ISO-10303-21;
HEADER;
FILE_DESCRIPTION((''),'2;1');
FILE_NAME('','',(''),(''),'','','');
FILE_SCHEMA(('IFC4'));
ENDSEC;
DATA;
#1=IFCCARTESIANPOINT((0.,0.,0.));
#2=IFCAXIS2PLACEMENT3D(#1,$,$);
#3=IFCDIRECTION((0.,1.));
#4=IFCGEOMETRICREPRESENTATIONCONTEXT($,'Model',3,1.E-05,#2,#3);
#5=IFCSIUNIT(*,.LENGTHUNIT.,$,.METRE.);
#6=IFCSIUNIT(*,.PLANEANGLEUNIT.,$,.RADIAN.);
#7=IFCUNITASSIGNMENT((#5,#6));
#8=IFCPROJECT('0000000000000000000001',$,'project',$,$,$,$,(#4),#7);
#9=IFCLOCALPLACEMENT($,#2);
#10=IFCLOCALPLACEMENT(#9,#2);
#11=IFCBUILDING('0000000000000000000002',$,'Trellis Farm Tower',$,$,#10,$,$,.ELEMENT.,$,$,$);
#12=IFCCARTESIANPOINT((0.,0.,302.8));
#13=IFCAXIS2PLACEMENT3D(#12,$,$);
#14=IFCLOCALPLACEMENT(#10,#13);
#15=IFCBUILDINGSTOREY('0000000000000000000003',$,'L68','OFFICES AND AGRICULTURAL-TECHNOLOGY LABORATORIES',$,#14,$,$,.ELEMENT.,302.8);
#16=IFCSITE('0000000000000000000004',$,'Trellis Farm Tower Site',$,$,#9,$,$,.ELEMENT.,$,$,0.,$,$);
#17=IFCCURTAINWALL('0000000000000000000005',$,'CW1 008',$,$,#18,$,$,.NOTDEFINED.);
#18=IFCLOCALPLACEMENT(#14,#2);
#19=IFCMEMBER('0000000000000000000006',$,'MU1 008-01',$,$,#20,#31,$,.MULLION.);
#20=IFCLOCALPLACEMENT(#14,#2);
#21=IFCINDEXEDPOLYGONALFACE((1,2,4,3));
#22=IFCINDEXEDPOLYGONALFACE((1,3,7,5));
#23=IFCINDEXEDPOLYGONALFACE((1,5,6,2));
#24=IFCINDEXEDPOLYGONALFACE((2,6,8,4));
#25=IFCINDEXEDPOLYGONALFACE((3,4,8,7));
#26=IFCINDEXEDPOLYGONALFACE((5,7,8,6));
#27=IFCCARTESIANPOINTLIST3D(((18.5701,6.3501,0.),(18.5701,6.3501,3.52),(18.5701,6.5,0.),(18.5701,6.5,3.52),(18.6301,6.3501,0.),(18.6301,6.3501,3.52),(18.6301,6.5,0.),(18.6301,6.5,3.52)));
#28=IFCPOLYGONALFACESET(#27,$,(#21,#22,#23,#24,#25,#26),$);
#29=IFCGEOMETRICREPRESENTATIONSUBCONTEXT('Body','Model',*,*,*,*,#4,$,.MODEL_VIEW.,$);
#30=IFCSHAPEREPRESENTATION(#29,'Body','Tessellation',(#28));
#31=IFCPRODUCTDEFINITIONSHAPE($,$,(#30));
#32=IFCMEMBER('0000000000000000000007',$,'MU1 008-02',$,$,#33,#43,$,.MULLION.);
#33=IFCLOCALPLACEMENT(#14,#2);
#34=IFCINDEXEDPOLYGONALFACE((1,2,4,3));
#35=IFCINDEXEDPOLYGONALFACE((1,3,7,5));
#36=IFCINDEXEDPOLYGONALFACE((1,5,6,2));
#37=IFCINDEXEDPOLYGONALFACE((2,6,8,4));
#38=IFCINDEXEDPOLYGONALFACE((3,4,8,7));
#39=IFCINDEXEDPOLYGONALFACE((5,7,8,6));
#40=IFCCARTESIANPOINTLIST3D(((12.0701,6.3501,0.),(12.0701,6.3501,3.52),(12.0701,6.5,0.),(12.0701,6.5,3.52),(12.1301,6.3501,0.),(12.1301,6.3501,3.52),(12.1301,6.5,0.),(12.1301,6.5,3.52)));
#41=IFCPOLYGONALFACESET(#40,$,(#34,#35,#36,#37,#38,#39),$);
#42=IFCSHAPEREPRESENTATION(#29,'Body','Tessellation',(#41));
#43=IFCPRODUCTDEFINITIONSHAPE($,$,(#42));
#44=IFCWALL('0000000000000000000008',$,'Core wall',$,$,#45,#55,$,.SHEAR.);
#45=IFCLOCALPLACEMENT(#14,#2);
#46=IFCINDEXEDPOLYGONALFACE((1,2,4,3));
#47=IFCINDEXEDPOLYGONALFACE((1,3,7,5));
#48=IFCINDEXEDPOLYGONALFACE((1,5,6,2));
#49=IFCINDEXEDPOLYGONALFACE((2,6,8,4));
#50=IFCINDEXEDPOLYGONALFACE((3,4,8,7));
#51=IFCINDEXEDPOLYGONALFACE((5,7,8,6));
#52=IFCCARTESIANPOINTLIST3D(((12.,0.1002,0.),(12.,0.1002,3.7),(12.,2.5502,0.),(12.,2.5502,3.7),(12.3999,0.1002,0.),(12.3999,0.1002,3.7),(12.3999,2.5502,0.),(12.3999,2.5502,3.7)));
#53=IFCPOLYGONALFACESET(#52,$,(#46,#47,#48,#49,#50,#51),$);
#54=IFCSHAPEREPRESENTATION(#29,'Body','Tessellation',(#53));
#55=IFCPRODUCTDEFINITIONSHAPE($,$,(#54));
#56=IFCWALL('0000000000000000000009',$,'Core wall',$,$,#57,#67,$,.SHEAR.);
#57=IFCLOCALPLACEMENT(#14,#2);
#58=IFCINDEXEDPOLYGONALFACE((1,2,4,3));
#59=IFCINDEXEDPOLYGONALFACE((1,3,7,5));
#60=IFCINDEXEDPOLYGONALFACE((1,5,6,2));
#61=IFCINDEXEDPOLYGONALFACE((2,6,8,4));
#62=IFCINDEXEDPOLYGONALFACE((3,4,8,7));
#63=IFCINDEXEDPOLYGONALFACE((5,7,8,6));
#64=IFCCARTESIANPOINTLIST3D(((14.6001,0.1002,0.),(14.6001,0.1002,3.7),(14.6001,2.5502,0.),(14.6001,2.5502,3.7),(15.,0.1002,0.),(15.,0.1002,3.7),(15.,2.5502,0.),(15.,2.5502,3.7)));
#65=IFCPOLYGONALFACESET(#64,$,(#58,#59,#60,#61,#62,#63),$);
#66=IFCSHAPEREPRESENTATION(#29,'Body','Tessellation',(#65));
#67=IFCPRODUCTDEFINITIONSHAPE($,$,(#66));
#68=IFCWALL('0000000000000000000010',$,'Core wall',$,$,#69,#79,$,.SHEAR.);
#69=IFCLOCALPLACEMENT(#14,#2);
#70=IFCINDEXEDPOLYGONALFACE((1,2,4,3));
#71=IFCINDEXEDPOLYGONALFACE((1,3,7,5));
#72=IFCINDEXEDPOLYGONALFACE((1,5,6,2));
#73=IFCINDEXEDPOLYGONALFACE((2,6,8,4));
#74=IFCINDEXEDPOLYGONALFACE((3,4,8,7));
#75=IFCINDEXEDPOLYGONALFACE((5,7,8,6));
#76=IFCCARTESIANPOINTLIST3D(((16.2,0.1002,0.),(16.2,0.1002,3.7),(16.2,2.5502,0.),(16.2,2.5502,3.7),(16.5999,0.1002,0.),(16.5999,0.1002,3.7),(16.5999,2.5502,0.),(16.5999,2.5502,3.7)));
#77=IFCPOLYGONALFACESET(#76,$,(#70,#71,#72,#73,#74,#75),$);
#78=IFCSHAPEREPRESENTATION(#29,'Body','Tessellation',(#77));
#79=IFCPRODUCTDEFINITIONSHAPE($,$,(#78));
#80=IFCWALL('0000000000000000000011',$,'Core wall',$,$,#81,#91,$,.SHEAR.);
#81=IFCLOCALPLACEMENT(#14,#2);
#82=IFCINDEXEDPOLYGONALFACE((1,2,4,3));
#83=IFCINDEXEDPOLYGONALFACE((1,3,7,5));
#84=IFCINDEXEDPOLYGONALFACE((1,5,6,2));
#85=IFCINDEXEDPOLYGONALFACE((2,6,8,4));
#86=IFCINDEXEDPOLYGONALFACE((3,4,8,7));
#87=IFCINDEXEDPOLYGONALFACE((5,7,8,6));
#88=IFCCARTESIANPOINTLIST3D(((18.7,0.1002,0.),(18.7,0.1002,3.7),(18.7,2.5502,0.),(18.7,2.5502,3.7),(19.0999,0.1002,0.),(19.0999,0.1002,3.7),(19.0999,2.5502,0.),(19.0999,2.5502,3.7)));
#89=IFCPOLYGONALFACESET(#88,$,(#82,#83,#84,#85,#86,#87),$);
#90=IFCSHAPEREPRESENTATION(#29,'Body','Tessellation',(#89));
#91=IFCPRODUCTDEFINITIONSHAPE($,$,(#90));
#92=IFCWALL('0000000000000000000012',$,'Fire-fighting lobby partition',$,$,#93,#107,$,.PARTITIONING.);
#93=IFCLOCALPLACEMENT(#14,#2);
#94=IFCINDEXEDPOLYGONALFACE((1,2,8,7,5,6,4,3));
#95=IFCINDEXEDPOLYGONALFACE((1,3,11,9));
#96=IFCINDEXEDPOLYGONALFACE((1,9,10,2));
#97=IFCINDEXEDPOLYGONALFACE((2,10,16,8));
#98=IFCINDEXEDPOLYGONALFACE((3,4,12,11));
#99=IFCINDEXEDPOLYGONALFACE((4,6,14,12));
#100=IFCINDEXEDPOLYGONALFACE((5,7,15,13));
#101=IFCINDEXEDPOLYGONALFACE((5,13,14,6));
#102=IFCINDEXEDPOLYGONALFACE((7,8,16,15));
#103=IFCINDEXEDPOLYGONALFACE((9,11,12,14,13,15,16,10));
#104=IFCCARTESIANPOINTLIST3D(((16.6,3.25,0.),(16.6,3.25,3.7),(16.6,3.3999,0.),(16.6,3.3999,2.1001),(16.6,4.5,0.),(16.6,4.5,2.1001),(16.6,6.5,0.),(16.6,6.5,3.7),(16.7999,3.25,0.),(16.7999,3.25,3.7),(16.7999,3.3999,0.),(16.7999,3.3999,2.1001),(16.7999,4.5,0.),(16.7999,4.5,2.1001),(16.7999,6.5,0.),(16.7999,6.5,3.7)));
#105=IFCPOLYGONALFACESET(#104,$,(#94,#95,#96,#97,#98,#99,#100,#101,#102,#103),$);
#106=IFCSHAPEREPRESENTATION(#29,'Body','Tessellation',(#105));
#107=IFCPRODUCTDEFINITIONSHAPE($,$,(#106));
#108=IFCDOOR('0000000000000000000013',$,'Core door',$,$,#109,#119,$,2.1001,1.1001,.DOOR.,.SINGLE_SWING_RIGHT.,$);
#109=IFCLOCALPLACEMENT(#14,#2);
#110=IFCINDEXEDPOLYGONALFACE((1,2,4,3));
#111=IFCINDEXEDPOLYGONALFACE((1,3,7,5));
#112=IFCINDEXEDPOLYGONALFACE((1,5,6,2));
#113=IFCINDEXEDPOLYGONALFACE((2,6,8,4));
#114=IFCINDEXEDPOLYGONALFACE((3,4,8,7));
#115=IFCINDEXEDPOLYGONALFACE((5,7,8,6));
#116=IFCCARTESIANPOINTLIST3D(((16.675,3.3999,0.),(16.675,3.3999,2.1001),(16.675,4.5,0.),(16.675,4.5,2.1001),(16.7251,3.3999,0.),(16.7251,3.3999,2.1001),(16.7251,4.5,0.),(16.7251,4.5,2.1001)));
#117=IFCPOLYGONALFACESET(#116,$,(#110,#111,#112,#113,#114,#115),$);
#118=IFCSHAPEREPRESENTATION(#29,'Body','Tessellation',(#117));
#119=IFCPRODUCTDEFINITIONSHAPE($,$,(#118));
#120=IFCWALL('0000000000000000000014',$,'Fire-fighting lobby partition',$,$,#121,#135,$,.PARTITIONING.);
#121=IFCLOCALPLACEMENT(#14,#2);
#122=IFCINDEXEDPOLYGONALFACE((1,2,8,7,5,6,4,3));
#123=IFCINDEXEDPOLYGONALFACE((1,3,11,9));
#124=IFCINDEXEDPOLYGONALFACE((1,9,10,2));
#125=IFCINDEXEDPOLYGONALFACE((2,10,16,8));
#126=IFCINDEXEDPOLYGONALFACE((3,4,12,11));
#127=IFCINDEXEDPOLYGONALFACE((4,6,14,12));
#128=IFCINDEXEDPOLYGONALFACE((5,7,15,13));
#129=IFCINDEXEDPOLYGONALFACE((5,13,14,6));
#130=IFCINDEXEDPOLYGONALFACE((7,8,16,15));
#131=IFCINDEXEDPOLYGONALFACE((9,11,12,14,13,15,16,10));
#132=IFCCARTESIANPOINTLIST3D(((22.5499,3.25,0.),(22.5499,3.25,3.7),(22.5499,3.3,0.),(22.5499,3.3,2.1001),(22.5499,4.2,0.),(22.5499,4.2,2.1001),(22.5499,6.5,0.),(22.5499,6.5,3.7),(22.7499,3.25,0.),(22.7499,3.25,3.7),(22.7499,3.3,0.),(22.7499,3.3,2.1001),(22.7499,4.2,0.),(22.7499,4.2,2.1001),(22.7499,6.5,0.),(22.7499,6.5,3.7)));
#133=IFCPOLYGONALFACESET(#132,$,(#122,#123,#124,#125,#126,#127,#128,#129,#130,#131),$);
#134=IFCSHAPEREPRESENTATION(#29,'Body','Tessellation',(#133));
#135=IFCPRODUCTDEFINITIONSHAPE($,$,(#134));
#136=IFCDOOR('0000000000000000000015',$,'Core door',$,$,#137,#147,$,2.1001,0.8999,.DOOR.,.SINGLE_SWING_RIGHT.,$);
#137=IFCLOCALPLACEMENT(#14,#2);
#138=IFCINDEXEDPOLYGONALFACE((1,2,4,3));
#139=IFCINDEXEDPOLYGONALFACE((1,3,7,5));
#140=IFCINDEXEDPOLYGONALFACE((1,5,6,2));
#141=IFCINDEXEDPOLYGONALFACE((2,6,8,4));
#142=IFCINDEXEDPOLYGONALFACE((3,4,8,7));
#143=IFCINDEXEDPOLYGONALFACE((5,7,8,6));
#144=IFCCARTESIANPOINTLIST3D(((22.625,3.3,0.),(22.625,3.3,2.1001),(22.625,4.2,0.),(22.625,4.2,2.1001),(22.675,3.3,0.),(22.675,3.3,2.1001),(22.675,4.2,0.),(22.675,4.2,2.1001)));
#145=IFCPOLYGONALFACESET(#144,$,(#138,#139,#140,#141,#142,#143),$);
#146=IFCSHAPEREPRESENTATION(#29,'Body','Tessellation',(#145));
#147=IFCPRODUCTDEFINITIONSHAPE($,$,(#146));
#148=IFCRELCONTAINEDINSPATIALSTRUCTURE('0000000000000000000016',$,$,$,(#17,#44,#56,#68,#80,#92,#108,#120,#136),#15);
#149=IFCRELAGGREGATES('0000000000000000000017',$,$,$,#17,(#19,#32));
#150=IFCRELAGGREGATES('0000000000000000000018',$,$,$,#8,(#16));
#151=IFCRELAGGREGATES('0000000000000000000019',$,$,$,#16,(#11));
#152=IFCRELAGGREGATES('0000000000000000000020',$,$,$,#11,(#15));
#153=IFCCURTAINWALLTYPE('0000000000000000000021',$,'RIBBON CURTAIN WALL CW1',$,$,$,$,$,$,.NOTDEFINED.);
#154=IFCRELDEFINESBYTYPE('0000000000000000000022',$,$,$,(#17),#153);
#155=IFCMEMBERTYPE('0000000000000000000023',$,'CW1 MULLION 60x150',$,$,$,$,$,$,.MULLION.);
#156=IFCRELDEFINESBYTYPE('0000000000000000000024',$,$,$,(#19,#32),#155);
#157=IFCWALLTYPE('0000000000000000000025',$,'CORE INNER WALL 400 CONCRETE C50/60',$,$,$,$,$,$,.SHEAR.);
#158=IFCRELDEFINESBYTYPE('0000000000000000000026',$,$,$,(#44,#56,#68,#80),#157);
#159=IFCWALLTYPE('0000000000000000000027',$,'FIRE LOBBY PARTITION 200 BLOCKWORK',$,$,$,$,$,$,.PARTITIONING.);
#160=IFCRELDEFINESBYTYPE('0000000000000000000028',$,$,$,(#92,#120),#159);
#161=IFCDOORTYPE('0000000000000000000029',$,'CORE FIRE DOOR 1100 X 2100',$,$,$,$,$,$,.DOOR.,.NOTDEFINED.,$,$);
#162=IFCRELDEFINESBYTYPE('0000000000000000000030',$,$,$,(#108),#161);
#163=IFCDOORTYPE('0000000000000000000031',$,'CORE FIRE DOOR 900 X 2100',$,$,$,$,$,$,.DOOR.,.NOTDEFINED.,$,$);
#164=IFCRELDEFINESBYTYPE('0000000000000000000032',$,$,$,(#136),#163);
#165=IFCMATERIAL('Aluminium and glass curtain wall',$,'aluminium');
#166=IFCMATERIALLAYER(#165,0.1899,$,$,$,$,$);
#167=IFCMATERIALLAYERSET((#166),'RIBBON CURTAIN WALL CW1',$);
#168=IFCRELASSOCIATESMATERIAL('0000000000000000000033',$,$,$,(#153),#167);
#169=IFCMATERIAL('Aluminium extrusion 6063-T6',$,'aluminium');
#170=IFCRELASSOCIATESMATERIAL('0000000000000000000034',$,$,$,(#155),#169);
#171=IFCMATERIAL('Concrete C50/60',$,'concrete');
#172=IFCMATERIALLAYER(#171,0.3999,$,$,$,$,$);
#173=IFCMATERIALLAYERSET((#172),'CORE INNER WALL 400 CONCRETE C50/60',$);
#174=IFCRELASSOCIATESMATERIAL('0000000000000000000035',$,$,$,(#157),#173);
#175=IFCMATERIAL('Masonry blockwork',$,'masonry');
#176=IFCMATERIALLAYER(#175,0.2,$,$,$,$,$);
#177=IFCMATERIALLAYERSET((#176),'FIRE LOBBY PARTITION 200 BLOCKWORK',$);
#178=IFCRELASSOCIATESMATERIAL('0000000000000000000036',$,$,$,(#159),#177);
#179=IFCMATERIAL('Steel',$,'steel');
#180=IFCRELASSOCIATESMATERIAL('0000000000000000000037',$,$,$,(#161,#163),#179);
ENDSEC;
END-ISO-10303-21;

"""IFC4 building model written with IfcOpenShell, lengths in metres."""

from ifc_helpers import new_model, si_unit, direction, frame, frame_2d, origin, origin_2d, place, context, subcontext, project, spatial, rectangle, extrude, source, transform, mapped, material, layer, layer_set, material_profile, profile_set, type_object, element, fill, aggregate, save


model = new_model("IFC4")

# Units and contexts
model_context = context("Model", 3, precision=1e-05, world=origin(), true_north=direction((0.0, 1.0)))
body_context = subcontext(model_context, "Body", "Model", "MODEL_VIEW")
ifc_project = project(units=[si_unit("LENGTHUNIT", "METRE"), si_unit("PLANEANGLEUNIT", "RADIAN")], contexts=[model_context])

# Site, building, storey
site_placement = place(None, origin())
site = spatial("IfcSite", under=ifc_project, at=site_placement, Name="Trellis Farm Tower Site", CompositionType="ELEMENT", RefElevation=0.0)
building_placement = place(site_placement, origin())
building = spatial("IfcBuilding", under=site, at=building_placement, Name="Trellis Farm Tower", CompositionType="ELEMENT")
storey_placement = place(building_placement, frame((0.0, 0.0, 302.8)))
storey = spatial("IfcBuildingStorey", under=building, at=storey_placement, Name="L68", Description="OFFICES AND AGRICULTURAL-TECHNOLOGY LABORATORIES", CompositionType="ELEMENT", Elevation=302.8)

# Curtain wall, members
ifc_material_1 = material(Name="Aluminium and glass curtain wall", Category="aluminium")
ifc_layer_1 = layer(ifc_material_1, 0.1899)
ifc_layer_set_1 = layer_set([ifc_layer_1], Name="RIBBON CURTAIN WALL CW1")
curtain_wall_type = type_object("IfcCurtainWallType", Name="RIBBON CURTAIN WALL CW1", PredefinedType="NOTDEFINED", material=ifc_layer_set_1)
placement = place(storey_placement, origin())
ifc_material_2 = material(Name="Aluminium extrusion 6063-T6", Category="aluminium")
ifc_material_profile_1 = material_profile(ifc_material_2, rectangle(XDim=0.0601, YDim=0.1499, at=origin_2d()), Name="MULLION 60x150")
ifc_profile_set_1 = profile_set([ifc_material_profile_1], Name="Aluminium extrusion 6063-T6")
member_type = type_object("IfcMemberType", Name="CW1 MULLION 60x150", PredefinedType="MULLION", material=ifc_profile_set_1)
shared_shape_1 = source(origin(), body_context, "Body", "SweptSolid", [
    extrude(rectangle(XDim=0.0601, YDim=0.1499, at=origin_2d()), origin(), (0.0, 0.0, 1.0), 3.52),
])
curtain_wall_1 = element("IfcCurtainWall", 1, at=placement, inside=storey, type_object=curtain_wall_type, Name="CW1 008", PredefinedType="NOTDEFINED")
member_1_placement = place(storey_placement, frame((18.6001, 6.425, 0.0), z_axis=(0.0, 0.0, 1.0), x_axis=(-1.0, 0.0, 0.0)))
member_1 = element("IfcMember", 2, at=member_1_placement, type_object=member_type, Name="MU1 008-01", PredefinedType="MULLION", context=body_context, shape_type="MappedRepresentation", body=[
    mapped(shared_shape_1, transform((0.0, 0.0, 0.0))),
])
member_2_placement = place(storey_placement, frame((12.1001, 6.425, 0.0), z_axis=(0.0, 0.0, 1.0), x_axis=(-1.0, 0.0, 0.0)))
member_2 = element("IfcMember", 3, at=member_2_placement, type_object=member_type, Name="MU1 008-02", PredefinedType="MULLION", context=body_context, shape_type="MappedRepresentation", body=[
    mapped(shared_shape_1, transform((0.0, 0.0, 0.0))),
])
aggregate(curtain_wall_1, [member_1, member_2])

# Walls
ifc_material_3 = material(Name="Concrete C50/60", Category="concrete")
ifc_layer_2 = layer(ifc_material_3, 0.3999)
ifc_layer_set_2 = layer_set([ifc_layer_2], Name="CORE INNER WALL 400 CONCRETE C50/60")
wall_type_1 = type_object("IfcWallType", Name="CORE INNER WALL 400 CONCRETE C50/60", PredefinedType="SHEAR", material=ifc_layer_set_2)
shared_shape_2 = source(origin(), body_context, "Body", "SweptSolid", [
    extrude(rectangle(XDim=2.45, YDim=0.3999, at=frame_2d((1.2251, 0.0))), origin(), (0.0, 0.0, 1.0), 3.7),
])
for number, where, z_axis, x_axis, name in (
    (4, (12.2, 0.1001, 0.0), (0.0, 0.0, 1.0), (0.0, 1.0, 0.0), "Core wall"),
    (5, (14.8, 0.1001, 0.0), (0.0, 0.0, 1.0), (0.0, 1.0, 0.0), "Core wall"),
    (6, (16.3999, 0.1001, 0.0), (0.0, 0.0, 1.0), (0.0, 1.0, 0.0), "Core wall"),
    (7, (18.8999, 0.1001, 0.0), (0.0, 0.0, 1.0), (0.0, 1.0, 0.0), "Core wall"),
):
    element("IfcWall", number, at=place(storey_placement, frame(where, z_axis=z_axis, x_axis=x_axis)), inside=storey, type_object=wall_type_1, Name=name, PredefinedType="SHEAR", context=body_context, shape_type="MappedRepresentation", body=[
        mapped(shared_shape_2, transform((0.0, 0.0, 0.0))),
    ])

# Walls, openings, doors
ifc_material_4 = material(Name="Masonry blockwork", Category="masonry")
ifc_layer_3 = layer(ifc_material_4, 0.2)
ifc_layer_set_3 = layer_set([ifc_layer_3], Name="FIRE LOBBY PARTITION 200 BLOCKWORK")
wall_type_2 = type_object("IfcWallType", Name="FIRE LOBBY PARTITION 200 BLOCKWORK", PredefinedType="PARTITIONING", material=ifc_layer_set_3)
shared_shape_3 = source(origin(), body_context, "Body", "SweptSolid", [
    extrude(rectangle(XDim=3.25, YDim=0.2, at=frame_2d((1.625, 0.0))), origin(), (0.0, 0.0, 1.0), 3.7),
])
wall_1_placement = place(storey_placement, frame((16.7, 3.25, 0.0), z_axis=(0.0, 0.0, 1.0), x_axis=(0.0, 1.0, 0.0)))
wall_1 = element("IfcWall", 8, at=wall_1_placement, inside=storey, type_object=wall_type_2, Name="Fire-fighting lobby partition", PredefinedType="PARTITIONING", context=body_context, shape_type="MappedRepresentation", body=[
    mapped(shared_shape_3, transform((0.0, 0.0, 0.0))),
])
shared_shape_4 = source(origin(), body_context, "Body", "SweptSolid", [
    extrude(rectangle(XDim=1.1001, YDim=2.1001, at=frame_2d((0.55, 1.05))), frame((0.0, 0.1101, 0.0), z_axis=(0.0, -1.0, 0.0), x_axis=(1.0, 0.0, 0.0)), (0.0, 0.0, 1.0), 0.2202),
])
opening_1_placement = place(wall_1_placement, frame((0.1499, 0.0, 0.0)))
opening_1 = element("IfcOpeningElement", 9, at=opening_1_placement, cuts=wall_1, PredefinedType="OPENING", context=body_context, shape_type="MappedRepresentation", body=[
    mapped(shared_shape_4, transform((0.0, 0.0, 0.0))),
])
ifc_material_5 = material(Name="Steel", Category="steel")
door_type_1 = type_object("IfcDoorType", Name="CORE FIRE DOOR 1100 X 2100", OperationType="NOTDEFINED", PredefinedType="DOOR", material=ifc_material_5)
shared_shape_5 = source(origin(), body_context, "Body", "SweptSolid", [
    extrude(rectangle(XDim=1.1001, YDim=2.1001, at=frame_2d((0.55, 1.05))), frame((0.0, 0.0249, 0.0), z_axis=(0.0, -1.0, 0.0), x_axis=(1.0, 0.0, 0.0)), (0.0, 0.0, 1.0), 0.05),
])
door_1_placement = place(opening_1_placement, origin())
door_1 = element("IfcDoor", 10, at=door_1_placement, inside=storey, type_object=door_type_1, Name="Core door", OperationType="SINGLE_SWING_RIGHT", OverallHeight=2.1001, OverallWidth=1.1001, PredefinedType="DOOR", context=body_context, shape_type="MappedRepresentation", body=[
    mapped(shared_shape_5, transform((0.0, 0.0, 0.0))),
])
fill(opening_1, door_1)
wall_2_placement = place(storey_placement, frame((22.6499, 3.25, 0.0), z_axis=(0.0, 0.0, 1.0), x_axis=(0.0, 1.0, 0.0)))
wall_2 = element("IfcWall", 11, at=wall_2_placement, inside=storey, type_object=wall_type_2, Name="Fire-fighting lobby partition", PredefinedType="PARTITIONING", context=body_context, shape_type="MappedRepresentation", body=[
    mapped(shared_shape_3, transform((0.0, 0.0, 0.0))),
])
shared_shape_6 = source(origin(), body_context, "Body", "SweptSolid", [
    extrude(rectangle(XDim=0.8999, YDim=2.1001, at=frame_2d((0.45, 1.05))), frame((0.0, 0.1101, 0.0), z_axis=(0.0, -1.0, 0.0), x_axis=(1.0, 0.0, 0.0)), (0.0, 0.0, 1.0), 0.2202),
])
opening_2_placement = place(wall_2_placement, frame((0.05, 0.0, 0.0)))
opening_2 = element("IfcOpeningElement", 12, at=opening_2_placement, cuts=wall_2, PredefinedType="OPENING", context=body_context, shape_type="MappedRepresentation", body=[
    mapped(shared_shape_6, transform((0.0, 0.0, 0.0))),
])
door_type_2 = type_object("IfcDoorType", Name="CORE FIRE DOOR 900 X 2100", OperationType="NOTDEFINED", PredefinedType="DOOR", material=ifc_material_5)
shared_shape_7 = source(origin(), body_context, "Body", "SweptSolid", [
    extrude(rectangle(XDim=0.8999, YDim=2.1001, at=frame_2d((0.45, 1.05))), frame((0.0, 0.0249, 0.0), z_axis=(0.0, -1.0, 0.0), x_axis=(1.0, 0.0, 0.0)), (0.0, 0.0, 1.0), 0.05),
])
door_2_placement = place(opening_2_placement, origin())
door_2 = element("IfcDoor", 13, at=door_2_placement, inside=storey, type_object=door_type_2, Name="Core door", OperationType="SINGLE_SWING_RIGHT", OverallHeight=2.1001, OverallWidth=0.8999, PredefinedType="DOOR", context=body_context, shape_type="MappedRepresentation", body=[
    mapped(shared_shape_7, transform((0.0, 0.0, 0.0))),
])
fill(opening_2, door_2)

save(model, "model.ifc")
